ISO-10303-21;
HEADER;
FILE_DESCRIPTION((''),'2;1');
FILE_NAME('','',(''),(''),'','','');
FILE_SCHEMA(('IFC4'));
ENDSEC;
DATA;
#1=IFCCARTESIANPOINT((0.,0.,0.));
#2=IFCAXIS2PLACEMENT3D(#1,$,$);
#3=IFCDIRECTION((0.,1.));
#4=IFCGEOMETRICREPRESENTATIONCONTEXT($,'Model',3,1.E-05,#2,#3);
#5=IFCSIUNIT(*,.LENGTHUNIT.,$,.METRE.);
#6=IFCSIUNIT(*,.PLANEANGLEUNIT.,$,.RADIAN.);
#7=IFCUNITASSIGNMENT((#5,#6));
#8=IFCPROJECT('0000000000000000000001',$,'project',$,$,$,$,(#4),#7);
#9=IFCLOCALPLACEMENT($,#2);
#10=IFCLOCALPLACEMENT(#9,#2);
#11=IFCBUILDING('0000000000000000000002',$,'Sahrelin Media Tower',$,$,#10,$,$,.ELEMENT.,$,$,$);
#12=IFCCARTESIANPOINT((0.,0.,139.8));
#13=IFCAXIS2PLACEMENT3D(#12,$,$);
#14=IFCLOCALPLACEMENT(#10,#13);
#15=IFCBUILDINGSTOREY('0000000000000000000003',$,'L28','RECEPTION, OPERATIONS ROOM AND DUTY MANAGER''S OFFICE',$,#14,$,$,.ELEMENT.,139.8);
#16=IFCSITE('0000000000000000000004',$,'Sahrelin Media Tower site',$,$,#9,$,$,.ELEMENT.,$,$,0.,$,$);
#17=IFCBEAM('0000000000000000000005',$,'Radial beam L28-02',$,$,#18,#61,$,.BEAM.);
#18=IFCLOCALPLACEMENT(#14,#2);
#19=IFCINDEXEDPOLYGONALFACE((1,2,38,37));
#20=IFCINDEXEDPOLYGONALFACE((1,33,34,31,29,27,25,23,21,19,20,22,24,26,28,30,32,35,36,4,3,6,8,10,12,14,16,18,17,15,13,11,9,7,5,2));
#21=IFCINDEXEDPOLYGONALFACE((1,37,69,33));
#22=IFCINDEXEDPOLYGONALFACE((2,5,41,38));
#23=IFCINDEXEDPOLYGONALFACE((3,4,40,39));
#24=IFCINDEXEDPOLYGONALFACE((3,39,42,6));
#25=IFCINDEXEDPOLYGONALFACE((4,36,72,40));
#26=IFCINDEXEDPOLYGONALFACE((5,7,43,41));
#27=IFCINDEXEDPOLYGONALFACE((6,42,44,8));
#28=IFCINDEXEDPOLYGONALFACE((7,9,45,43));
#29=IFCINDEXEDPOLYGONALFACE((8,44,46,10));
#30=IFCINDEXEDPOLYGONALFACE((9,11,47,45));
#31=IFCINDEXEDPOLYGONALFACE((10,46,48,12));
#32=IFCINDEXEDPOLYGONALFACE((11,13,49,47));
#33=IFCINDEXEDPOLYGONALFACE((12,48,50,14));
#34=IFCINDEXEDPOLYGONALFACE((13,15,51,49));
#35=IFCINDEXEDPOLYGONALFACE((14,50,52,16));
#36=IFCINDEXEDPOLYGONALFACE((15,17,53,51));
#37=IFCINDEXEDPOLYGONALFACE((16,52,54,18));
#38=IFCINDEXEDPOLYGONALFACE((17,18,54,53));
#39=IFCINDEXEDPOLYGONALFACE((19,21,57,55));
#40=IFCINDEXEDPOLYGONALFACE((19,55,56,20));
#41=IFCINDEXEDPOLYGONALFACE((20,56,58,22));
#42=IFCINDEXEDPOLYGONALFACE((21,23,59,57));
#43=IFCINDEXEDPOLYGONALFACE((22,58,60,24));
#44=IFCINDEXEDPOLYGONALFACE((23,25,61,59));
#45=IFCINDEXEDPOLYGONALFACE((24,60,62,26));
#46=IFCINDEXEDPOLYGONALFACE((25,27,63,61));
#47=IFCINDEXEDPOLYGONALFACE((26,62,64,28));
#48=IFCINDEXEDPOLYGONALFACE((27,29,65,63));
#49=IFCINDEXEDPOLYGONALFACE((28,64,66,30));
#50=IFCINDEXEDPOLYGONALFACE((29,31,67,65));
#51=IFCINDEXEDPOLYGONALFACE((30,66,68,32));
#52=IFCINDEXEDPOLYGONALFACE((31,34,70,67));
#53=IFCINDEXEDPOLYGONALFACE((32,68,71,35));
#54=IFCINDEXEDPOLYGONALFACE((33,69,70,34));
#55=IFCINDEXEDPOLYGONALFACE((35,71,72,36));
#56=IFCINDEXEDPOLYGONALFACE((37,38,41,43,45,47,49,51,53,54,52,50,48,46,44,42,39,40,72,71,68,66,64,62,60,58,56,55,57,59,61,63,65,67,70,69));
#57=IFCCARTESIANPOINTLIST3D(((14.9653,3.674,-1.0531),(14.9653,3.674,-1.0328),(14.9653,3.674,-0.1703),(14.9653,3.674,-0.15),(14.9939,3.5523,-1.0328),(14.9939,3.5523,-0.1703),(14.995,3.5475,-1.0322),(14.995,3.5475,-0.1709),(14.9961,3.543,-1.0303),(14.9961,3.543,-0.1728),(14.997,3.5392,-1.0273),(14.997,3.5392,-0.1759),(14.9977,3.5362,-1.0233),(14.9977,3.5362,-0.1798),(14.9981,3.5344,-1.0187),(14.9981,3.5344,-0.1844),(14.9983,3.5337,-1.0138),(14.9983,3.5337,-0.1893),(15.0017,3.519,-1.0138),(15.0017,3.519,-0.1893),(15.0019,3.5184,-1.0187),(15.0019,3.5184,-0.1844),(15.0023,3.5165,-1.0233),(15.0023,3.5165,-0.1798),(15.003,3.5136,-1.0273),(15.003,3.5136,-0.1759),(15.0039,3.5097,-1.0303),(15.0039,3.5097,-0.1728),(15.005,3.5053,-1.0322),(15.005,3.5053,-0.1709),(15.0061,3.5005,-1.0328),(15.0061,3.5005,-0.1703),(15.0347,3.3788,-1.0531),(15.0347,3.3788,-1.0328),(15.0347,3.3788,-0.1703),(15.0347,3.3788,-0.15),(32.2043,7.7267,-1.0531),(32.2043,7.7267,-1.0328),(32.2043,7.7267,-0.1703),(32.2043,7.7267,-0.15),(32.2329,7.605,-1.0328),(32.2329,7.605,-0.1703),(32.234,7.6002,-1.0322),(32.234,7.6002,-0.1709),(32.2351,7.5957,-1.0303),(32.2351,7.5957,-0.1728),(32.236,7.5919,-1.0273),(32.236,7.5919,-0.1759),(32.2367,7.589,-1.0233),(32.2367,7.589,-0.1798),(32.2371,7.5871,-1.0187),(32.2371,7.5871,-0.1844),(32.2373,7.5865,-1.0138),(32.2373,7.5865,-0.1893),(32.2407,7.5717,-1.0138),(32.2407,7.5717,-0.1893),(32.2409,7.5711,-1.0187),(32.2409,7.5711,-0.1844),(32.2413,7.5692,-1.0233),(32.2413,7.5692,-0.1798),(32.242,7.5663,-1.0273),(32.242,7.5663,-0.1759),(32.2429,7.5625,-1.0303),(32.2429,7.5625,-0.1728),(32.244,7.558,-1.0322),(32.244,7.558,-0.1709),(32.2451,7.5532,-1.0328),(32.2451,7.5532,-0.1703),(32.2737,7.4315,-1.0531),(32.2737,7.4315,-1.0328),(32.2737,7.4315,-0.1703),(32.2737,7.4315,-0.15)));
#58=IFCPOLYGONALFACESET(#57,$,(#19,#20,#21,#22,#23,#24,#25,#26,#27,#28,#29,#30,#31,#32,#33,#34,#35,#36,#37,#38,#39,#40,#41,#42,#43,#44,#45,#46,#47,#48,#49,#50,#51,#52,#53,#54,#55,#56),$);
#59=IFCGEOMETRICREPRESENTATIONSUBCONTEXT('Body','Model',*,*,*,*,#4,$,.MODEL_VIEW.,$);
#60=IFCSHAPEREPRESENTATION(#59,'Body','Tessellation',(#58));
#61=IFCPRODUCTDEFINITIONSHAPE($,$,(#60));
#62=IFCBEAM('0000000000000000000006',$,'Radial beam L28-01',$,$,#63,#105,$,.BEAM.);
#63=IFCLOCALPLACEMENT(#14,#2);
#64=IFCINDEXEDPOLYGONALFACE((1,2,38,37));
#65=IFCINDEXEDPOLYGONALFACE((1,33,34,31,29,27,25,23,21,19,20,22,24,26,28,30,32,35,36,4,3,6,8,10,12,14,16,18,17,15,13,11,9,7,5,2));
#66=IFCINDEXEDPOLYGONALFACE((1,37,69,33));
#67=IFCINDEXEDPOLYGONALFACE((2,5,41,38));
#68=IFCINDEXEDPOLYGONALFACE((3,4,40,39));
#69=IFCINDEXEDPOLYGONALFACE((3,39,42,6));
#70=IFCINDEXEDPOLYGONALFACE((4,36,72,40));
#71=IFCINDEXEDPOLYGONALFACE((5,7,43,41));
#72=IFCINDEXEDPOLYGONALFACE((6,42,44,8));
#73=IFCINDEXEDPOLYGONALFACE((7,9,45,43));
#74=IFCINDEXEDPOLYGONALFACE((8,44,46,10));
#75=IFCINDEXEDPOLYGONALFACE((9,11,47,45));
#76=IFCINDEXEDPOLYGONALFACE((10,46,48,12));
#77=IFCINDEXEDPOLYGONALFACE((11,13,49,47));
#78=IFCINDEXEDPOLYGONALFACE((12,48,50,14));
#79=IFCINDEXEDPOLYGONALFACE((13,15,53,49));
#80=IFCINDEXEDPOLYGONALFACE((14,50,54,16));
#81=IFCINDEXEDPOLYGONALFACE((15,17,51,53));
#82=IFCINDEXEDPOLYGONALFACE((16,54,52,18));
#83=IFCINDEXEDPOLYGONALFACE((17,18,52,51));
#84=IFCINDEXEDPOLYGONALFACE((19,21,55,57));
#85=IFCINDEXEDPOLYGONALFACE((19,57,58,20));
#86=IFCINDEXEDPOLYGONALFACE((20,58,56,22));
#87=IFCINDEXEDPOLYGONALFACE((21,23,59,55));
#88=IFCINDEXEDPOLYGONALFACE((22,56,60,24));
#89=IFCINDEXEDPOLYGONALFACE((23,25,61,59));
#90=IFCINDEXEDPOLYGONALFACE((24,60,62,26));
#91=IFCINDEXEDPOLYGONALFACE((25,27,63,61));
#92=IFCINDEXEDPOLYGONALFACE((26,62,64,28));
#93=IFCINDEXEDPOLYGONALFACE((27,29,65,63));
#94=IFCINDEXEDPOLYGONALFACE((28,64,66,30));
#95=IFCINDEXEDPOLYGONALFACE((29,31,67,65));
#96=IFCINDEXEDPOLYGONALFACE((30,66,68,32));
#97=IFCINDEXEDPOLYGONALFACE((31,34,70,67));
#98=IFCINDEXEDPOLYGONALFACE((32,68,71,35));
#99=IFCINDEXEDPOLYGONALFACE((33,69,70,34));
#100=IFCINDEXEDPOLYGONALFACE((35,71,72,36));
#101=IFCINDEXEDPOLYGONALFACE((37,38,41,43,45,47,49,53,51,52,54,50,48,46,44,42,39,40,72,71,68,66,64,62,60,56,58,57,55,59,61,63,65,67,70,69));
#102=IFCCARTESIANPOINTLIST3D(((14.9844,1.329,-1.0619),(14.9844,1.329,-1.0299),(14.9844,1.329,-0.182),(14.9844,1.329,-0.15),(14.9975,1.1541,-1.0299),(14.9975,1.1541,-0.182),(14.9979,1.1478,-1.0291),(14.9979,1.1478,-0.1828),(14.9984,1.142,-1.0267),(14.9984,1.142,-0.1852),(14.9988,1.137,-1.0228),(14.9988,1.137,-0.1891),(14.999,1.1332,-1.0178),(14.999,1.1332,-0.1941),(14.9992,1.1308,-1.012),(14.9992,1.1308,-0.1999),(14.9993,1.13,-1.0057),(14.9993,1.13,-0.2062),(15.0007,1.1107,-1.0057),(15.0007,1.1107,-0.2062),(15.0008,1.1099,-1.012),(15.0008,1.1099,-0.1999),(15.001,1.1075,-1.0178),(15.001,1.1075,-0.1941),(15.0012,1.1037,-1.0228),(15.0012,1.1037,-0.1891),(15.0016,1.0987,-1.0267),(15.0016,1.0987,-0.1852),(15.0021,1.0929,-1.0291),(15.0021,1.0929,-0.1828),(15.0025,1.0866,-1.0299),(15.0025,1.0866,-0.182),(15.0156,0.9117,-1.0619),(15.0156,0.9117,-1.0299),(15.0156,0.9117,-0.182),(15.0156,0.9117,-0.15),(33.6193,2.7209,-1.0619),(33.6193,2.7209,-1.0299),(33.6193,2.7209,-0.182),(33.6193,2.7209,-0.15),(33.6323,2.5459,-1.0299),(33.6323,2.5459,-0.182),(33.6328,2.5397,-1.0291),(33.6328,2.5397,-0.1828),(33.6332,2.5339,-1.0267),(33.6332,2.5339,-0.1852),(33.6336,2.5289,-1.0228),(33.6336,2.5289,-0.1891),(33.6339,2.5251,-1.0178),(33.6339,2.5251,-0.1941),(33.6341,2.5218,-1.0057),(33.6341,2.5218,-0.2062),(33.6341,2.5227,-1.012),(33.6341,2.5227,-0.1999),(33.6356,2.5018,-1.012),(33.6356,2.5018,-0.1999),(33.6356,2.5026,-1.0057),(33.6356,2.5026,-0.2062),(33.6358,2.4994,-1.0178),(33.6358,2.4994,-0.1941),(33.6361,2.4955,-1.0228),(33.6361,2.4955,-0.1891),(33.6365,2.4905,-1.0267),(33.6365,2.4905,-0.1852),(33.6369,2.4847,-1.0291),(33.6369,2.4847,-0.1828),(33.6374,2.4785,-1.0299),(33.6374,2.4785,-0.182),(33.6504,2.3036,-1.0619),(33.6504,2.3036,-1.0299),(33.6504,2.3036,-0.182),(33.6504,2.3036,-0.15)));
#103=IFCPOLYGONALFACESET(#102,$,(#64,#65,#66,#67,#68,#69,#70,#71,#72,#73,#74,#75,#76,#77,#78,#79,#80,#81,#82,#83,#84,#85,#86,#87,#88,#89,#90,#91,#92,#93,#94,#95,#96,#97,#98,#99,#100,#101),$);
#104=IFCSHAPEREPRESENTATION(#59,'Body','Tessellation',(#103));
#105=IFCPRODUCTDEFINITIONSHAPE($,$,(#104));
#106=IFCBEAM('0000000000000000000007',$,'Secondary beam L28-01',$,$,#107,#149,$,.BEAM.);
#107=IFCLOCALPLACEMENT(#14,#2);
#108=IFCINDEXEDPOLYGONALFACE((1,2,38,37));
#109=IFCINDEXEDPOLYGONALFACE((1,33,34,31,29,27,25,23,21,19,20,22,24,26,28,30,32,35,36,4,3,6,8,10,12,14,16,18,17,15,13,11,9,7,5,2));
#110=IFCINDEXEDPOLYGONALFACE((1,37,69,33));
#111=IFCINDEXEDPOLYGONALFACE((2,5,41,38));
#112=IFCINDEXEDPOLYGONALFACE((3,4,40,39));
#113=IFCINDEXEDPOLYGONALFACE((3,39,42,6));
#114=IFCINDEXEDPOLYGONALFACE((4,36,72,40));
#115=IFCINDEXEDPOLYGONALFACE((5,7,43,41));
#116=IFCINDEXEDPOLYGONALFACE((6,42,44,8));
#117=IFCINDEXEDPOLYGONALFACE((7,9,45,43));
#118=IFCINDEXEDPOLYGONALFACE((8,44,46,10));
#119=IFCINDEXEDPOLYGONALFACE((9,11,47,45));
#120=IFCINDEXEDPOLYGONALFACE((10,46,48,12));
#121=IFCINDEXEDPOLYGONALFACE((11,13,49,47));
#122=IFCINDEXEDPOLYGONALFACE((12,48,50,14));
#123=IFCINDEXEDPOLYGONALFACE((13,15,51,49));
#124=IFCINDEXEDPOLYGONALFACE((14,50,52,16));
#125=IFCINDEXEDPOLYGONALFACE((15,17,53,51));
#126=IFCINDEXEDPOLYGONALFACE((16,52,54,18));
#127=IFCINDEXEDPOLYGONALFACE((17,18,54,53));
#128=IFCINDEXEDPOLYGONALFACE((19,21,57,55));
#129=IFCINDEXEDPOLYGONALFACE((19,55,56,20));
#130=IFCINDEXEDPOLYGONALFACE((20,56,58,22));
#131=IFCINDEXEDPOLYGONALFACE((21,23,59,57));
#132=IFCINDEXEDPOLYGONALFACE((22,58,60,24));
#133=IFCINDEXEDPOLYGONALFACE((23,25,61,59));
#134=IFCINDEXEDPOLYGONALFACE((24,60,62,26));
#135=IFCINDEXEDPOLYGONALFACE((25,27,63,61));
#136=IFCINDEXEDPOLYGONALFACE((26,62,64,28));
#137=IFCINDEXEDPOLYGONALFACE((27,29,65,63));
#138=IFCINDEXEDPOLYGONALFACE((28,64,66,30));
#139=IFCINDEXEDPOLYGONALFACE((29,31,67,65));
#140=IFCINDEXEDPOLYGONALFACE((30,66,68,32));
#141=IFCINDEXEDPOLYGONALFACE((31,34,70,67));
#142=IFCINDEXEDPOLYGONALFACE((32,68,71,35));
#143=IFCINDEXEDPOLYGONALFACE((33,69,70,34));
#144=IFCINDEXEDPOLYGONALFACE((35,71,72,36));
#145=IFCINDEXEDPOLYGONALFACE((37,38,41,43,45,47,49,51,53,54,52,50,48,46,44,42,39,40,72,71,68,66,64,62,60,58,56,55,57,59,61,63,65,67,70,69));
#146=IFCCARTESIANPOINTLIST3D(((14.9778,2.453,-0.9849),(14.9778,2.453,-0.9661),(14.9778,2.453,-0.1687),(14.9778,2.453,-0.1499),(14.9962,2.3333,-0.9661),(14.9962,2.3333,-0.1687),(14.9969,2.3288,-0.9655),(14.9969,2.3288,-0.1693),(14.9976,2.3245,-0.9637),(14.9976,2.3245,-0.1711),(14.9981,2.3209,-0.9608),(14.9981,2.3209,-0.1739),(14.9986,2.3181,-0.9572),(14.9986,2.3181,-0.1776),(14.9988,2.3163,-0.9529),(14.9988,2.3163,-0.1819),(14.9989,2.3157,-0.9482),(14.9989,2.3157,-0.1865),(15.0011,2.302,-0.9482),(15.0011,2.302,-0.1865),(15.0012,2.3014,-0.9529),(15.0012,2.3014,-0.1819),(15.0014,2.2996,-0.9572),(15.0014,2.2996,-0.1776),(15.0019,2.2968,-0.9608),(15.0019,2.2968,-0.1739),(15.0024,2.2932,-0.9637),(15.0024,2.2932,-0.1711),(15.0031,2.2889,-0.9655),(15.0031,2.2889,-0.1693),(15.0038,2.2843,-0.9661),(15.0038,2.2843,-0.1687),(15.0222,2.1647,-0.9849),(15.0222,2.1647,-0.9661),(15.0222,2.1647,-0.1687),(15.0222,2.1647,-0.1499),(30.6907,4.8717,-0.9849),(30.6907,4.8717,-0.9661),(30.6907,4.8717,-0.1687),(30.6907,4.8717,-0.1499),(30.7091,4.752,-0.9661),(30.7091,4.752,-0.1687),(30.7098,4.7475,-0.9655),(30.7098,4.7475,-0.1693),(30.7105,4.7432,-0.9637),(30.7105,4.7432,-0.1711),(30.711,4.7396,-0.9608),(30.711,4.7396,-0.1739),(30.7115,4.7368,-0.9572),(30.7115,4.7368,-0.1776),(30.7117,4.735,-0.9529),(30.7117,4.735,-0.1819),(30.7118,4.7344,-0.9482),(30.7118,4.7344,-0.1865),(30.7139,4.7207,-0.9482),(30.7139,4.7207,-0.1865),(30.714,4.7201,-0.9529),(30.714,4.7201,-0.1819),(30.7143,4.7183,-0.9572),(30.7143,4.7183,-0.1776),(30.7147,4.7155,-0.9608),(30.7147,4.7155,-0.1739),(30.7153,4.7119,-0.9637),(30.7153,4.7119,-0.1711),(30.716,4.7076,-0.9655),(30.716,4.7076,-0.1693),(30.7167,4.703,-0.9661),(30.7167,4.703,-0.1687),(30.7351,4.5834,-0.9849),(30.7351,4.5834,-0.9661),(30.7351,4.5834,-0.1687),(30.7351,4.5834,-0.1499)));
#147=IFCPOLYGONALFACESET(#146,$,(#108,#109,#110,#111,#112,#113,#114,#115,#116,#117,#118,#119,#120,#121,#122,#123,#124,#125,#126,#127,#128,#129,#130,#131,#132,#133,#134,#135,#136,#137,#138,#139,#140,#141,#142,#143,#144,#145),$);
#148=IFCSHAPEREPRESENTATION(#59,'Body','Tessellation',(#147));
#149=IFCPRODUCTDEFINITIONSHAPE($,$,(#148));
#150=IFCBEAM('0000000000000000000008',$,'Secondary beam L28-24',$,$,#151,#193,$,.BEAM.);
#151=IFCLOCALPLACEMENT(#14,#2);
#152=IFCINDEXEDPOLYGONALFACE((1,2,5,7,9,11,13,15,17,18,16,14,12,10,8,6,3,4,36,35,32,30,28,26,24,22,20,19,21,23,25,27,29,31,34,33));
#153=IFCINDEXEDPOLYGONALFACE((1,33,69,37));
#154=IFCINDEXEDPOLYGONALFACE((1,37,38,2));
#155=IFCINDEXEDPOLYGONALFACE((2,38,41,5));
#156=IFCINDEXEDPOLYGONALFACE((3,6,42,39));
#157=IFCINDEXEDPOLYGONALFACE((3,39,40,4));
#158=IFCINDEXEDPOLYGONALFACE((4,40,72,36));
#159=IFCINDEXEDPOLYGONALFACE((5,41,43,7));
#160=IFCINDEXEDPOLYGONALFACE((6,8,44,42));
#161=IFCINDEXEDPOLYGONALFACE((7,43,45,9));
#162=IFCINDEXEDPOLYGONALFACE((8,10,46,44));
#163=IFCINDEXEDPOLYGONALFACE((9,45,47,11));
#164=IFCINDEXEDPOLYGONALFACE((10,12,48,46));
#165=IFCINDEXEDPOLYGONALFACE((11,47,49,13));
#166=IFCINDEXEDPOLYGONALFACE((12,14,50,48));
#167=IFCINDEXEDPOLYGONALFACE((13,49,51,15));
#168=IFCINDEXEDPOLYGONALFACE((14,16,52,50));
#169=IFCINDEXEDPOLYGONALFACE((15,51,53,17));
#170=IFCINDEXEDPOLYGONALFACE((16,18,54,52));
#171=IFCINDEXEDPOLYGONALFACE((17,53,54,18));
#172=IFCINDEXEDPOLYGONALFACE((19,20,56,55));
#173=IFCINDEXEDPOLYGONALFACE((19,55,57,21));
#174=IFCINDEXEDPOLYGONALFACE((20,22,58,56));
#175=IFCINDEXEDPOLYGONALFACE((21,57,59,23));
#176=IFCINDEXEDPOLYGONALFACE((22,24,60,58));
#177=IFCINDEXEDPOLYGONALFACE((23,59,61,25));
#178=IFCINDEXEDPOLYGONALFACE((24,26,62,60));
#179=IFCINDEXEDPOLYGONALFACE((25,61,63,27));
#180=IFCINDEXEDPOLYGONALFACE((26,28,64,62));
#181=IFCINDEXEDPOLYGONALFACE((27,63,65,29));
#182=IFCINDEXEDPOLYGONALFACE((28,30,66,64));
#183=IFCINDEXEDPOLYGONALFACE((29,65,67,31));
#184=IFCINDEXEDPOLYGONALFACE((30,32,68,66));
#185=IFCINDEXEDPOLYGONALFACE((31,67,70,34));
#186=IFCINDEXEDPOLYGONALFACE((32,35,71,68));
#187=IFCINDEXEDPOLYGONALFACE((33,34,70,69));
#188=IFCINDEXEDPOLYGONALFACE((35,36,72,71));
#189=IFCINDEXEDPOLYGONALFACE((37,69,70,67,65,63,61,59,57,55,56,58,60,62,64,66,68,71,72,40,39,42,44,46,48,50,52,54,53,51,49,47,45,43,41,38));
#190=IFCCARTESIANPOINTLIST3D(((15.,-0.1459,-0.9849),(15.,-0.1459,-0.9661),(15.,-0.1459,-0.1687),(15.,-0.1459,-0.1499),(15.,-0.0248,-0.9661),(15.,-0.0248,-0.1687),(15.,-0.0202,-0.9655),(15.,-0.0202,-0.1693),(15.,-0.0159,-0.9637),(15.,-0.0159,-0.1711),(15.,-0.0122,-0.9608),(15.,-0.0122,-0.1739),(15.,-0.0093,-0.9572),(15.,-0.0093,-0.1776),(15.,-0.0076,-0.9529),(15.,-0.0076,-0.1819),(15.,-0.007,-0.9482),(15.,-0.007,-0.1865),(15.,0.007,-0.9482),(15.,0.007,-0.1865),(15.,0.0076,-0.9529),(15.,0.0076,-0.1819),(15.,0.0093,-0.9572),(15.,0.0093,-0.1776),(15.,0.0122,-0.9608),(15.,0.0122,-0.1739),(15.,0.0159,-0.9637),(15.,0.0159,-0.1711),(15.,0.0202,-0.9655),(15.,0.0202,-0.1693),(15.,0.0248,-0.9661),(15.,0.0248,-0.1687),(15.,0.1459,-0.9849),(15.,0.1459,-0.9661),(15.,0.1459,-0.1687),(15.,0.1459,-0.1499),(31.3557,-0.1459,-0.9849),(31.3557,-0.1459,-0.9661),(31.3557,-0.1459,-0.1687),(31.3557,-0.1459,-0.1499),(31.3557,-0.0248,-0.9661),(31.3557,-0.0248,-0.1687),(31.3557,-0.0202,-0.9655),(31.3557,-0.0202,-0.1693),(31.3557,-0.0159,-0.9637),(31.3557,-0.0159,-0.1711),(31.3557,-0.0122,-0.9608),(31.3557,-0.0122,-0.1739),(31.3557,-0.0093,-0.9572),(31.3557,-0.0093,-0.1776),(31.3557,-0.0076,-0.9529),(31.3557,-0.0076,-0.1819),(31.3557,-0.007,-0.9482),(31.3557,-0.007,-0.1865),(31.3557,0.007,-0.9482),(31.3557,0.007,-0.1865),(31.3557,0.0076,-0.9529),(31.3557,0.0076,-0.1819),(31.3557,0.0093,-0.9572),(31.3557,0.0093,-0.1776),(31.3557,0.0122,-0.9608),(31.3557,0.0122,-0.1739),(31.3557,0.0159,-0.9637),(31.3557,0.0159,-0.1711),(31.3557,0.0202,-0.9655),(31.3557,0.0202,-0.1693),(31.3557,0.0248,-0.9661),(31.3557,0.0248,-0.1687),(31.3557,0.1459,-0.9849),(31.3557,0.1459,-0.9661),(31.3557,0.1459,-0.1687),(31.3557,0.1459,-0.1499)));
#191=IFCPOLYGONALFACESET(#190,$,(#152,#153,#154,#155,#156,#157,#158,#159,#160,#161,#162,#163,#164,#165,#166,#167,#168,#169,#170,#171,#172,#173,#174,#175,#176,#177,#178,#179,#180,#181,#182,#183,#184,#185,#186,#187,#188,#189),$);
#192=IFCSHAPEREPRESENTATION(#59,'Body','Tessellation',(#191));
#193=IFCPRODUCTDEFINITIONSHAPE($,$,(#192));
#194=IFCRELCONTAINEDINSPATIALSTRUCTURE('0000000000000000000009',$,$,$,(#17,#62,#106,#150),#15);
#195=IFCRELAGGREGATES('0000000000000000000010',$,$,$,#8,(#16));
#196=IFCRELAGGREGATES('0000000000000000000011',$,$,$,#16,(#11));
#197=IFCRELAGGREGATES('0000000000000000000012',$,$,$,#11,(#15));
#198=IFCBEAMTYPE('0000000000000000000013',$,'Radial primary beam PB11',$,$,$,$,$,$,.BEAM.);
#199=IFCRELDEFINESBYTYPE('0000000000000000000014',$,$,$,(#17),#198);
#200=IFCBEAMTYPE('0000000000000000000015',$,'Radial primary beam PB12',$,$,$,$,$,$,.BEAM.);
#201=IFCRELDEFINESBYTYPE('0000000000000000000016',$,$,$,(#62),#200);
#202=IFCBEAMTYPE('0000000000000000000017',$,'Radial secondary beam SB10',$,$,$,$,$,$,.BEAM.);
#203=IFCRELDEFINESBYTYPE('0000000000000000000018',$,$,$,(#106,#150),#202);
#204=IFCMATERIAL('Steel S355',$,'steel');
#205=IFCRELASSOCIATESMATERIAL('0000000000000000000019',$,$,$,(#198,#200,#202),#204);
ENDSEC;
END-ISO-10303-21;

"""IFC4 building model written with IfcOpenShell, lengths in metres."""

from ifc_helpers import new_model, si_unit, direction, frame, origin, origin_2d, place, context, subcontext, project, spatial, i_section, extrude, material, material_profile, profile_set, type_object, element, save


model = new_model("IFC4")

# Units and contexts
model_context = context("Model", 3, precision=1e-05, world=origin(), true_north=direction((0.0, 1.0)))
body_context = subcontext(model_context, "Body", "Model", "MODEL_VIEW")
ifc_project = project(units=[si_unit("LENGTHUNIT", "METRE"), si_unit("PLANEANGLEUNIT", "RADIAN")], contexts=[model_context])

# Site, building, storey
site_placement = place(None, origin())
site = spatial("IfcSite", under=ifc_project, at=site_placement, Name="Sahrelin Media Tower site", CompositionType="ELEMENT", RefElevation=0.0)
building_placement = place(site_placement, origin())
building = spatial("IfcBuilding", under=site, at=building_placement, Name="Sahrelin Media Tower", CompositionType="ELEMENT")
storey_placement = place(building_placement, frame((0.0, 0.0, 139.8)))
storey = spatial("IfcBuildingStorey", under=building, at=storey_placement, Name="L28", Description="RECEPTION, OPERATIONS ROOM AND DUTY MANAGER'S OFFICE", CompositionType="ELEMENT", Elevation=139.8)

# Beams
ifc_material_1 = material(Name="Steel S355", Category="steel")
ifc_material_profile_1 = material_profile(ifc_material_1, i_section(OverallWidth=0.3032, OverallDepth=0.9031, WebThickness=0.0151, FlangeThickness=0.0203, FilletRadius=0.019, at=origin_2d()), Name="UB 914x305x201")
ifc_profile_set_1 = profile_set([ifc_material_profile_1], Name="Steel S355")
beam_type_1 = type_object("IfcBeamType", Name="Radial primary beam PB11", PredefinedType="BEAM", material=ifc_profile_set_1)
beam_1_placement = place(storey_placement, frame((15.0, 3.5264, -0.6016), z_axis=(0.973461, 0.228852, 0.0), x_axis=(-0.228852, 0.973461, 0.0)))
element("IfcBeam", 1, at=beam_1_placement, inside=storey, type_object=beam_type_1, Name="Radial beam L28-02", PredefinedType="BEAM", context=body_context, shape_type="SweptSolid", body=[
    extrude(i_section(OverallWidth=0.3032, OverallDepth=0.9031, WebThickness=0.0151, FlangeThickness=0.0203, FilletRadius=0.019, at=origin_2d()), origin(), (0.0, 0.0, 1.0), 17.709),
])
ifc_material_profile_2 = material_profile(ifc_material_1, i_section(OverallWidth=0.4185, OverallDepth=0.9119, WebThickness=0.0193, FlangeThickness=0.032, FilletRadius=0.0242, at=origin_2d()), Name="UB 914x419x343")
ifc_profile_set_2 = profile_set([ifc_material_profile_2], Name="Steel S355")
beam_type_2 = type_object("IfcBeamType", Name="Radial primary beam PB12", PredefinedType="BEAM", material=ifc_profile_set_2)
beam_2_placement = place(storey_placement, frame((15.0, 1.1204, -0.606), z_axis=(0.997222, 0.074483, 0.0), x_axis=(-0.074483, 0.997222, 0.0)))
element("IfcBeam", 2, at=beam_2_placement, inside=storey, type_object=beam_type_2, Name="Radial beam L28-01", PredefinedType="BEAM", context=body_context, shape_type="SweptSolid", body=[
    extrude(i_section(OverallWidth=0.4185, OverallDepth=0.9119, WebThickness=0.0193, FlangeThickness=0.032, FilletRadius=0.0242, at=origin_2d()), origin(), (0.0, 0.0, 1.0), 18.6868),
])
ifc_material_profile_3 = material_profile(ifc_material_1, i_section(OverallWidth=0.2917, OverallDepth=0.835, WebThickness=0.0139, FlangeThickness=0.0188, FilletRadius=0.0178, at=origin_2d()), Name="UB 838x292x176")
ifc_profile_set_3 = profile_set([ifc_material_profile_3], Name="Steel S355")
beam_type_3 = type_object("IfcBeamType", Name="Radial secondary beam SB10", PredefinedType="BEAM", material=ifc_profile_set_3)
beam_3_placement = place(storey_placement, frame((15.0, 2.3088, -0.5674), z_axis=(0.988359, 0.152139, 0.0), x_axis=(-0.152139, 0.988359, 0.0)))
element("IfcBeam", 3, at=beam_3_placement, inside=storey, type_object=beam_type_3, Name="Secondary beam L28-01", PredefinedType="BEAM", context=body_context, shape_type="SweptSolid", body=[
    extrude(i_section(OverallWidth=0.2917, OverallDepth=0.835, WebThickness=0.0139, FlangeThickness=0.0188, FilletRadius=0.0178, at=origin_2d()), origin(), (0.0, 0.0, 1.0), 15.8979),
])
beam_4_placement = place(storey_placement, frame((15.0, 0.0, -0.5674), z_axis=(1.0, 0.0, 0.0), x_axis=(0.0, 1.0, 0.0)))
element("IfcBeam", 4, at=beam_4_placement, inside=storey, type_object=beam_type_3, Name="Secondary beam L28-24", PredefinedType="BEAM", context=body_context, shape_type="SweptSolid", body=[
    extrude(i_section(OverallWidth=0.2917, OverallDepth=0.835, WebThickness=0.0139, FlangeThickness=0.0188, FilletRadius=0.0178, at=origin_2d()), origin(), (0.0, 0.0, 1.0), 16.3557),
])

save(model, "model.ifc")
